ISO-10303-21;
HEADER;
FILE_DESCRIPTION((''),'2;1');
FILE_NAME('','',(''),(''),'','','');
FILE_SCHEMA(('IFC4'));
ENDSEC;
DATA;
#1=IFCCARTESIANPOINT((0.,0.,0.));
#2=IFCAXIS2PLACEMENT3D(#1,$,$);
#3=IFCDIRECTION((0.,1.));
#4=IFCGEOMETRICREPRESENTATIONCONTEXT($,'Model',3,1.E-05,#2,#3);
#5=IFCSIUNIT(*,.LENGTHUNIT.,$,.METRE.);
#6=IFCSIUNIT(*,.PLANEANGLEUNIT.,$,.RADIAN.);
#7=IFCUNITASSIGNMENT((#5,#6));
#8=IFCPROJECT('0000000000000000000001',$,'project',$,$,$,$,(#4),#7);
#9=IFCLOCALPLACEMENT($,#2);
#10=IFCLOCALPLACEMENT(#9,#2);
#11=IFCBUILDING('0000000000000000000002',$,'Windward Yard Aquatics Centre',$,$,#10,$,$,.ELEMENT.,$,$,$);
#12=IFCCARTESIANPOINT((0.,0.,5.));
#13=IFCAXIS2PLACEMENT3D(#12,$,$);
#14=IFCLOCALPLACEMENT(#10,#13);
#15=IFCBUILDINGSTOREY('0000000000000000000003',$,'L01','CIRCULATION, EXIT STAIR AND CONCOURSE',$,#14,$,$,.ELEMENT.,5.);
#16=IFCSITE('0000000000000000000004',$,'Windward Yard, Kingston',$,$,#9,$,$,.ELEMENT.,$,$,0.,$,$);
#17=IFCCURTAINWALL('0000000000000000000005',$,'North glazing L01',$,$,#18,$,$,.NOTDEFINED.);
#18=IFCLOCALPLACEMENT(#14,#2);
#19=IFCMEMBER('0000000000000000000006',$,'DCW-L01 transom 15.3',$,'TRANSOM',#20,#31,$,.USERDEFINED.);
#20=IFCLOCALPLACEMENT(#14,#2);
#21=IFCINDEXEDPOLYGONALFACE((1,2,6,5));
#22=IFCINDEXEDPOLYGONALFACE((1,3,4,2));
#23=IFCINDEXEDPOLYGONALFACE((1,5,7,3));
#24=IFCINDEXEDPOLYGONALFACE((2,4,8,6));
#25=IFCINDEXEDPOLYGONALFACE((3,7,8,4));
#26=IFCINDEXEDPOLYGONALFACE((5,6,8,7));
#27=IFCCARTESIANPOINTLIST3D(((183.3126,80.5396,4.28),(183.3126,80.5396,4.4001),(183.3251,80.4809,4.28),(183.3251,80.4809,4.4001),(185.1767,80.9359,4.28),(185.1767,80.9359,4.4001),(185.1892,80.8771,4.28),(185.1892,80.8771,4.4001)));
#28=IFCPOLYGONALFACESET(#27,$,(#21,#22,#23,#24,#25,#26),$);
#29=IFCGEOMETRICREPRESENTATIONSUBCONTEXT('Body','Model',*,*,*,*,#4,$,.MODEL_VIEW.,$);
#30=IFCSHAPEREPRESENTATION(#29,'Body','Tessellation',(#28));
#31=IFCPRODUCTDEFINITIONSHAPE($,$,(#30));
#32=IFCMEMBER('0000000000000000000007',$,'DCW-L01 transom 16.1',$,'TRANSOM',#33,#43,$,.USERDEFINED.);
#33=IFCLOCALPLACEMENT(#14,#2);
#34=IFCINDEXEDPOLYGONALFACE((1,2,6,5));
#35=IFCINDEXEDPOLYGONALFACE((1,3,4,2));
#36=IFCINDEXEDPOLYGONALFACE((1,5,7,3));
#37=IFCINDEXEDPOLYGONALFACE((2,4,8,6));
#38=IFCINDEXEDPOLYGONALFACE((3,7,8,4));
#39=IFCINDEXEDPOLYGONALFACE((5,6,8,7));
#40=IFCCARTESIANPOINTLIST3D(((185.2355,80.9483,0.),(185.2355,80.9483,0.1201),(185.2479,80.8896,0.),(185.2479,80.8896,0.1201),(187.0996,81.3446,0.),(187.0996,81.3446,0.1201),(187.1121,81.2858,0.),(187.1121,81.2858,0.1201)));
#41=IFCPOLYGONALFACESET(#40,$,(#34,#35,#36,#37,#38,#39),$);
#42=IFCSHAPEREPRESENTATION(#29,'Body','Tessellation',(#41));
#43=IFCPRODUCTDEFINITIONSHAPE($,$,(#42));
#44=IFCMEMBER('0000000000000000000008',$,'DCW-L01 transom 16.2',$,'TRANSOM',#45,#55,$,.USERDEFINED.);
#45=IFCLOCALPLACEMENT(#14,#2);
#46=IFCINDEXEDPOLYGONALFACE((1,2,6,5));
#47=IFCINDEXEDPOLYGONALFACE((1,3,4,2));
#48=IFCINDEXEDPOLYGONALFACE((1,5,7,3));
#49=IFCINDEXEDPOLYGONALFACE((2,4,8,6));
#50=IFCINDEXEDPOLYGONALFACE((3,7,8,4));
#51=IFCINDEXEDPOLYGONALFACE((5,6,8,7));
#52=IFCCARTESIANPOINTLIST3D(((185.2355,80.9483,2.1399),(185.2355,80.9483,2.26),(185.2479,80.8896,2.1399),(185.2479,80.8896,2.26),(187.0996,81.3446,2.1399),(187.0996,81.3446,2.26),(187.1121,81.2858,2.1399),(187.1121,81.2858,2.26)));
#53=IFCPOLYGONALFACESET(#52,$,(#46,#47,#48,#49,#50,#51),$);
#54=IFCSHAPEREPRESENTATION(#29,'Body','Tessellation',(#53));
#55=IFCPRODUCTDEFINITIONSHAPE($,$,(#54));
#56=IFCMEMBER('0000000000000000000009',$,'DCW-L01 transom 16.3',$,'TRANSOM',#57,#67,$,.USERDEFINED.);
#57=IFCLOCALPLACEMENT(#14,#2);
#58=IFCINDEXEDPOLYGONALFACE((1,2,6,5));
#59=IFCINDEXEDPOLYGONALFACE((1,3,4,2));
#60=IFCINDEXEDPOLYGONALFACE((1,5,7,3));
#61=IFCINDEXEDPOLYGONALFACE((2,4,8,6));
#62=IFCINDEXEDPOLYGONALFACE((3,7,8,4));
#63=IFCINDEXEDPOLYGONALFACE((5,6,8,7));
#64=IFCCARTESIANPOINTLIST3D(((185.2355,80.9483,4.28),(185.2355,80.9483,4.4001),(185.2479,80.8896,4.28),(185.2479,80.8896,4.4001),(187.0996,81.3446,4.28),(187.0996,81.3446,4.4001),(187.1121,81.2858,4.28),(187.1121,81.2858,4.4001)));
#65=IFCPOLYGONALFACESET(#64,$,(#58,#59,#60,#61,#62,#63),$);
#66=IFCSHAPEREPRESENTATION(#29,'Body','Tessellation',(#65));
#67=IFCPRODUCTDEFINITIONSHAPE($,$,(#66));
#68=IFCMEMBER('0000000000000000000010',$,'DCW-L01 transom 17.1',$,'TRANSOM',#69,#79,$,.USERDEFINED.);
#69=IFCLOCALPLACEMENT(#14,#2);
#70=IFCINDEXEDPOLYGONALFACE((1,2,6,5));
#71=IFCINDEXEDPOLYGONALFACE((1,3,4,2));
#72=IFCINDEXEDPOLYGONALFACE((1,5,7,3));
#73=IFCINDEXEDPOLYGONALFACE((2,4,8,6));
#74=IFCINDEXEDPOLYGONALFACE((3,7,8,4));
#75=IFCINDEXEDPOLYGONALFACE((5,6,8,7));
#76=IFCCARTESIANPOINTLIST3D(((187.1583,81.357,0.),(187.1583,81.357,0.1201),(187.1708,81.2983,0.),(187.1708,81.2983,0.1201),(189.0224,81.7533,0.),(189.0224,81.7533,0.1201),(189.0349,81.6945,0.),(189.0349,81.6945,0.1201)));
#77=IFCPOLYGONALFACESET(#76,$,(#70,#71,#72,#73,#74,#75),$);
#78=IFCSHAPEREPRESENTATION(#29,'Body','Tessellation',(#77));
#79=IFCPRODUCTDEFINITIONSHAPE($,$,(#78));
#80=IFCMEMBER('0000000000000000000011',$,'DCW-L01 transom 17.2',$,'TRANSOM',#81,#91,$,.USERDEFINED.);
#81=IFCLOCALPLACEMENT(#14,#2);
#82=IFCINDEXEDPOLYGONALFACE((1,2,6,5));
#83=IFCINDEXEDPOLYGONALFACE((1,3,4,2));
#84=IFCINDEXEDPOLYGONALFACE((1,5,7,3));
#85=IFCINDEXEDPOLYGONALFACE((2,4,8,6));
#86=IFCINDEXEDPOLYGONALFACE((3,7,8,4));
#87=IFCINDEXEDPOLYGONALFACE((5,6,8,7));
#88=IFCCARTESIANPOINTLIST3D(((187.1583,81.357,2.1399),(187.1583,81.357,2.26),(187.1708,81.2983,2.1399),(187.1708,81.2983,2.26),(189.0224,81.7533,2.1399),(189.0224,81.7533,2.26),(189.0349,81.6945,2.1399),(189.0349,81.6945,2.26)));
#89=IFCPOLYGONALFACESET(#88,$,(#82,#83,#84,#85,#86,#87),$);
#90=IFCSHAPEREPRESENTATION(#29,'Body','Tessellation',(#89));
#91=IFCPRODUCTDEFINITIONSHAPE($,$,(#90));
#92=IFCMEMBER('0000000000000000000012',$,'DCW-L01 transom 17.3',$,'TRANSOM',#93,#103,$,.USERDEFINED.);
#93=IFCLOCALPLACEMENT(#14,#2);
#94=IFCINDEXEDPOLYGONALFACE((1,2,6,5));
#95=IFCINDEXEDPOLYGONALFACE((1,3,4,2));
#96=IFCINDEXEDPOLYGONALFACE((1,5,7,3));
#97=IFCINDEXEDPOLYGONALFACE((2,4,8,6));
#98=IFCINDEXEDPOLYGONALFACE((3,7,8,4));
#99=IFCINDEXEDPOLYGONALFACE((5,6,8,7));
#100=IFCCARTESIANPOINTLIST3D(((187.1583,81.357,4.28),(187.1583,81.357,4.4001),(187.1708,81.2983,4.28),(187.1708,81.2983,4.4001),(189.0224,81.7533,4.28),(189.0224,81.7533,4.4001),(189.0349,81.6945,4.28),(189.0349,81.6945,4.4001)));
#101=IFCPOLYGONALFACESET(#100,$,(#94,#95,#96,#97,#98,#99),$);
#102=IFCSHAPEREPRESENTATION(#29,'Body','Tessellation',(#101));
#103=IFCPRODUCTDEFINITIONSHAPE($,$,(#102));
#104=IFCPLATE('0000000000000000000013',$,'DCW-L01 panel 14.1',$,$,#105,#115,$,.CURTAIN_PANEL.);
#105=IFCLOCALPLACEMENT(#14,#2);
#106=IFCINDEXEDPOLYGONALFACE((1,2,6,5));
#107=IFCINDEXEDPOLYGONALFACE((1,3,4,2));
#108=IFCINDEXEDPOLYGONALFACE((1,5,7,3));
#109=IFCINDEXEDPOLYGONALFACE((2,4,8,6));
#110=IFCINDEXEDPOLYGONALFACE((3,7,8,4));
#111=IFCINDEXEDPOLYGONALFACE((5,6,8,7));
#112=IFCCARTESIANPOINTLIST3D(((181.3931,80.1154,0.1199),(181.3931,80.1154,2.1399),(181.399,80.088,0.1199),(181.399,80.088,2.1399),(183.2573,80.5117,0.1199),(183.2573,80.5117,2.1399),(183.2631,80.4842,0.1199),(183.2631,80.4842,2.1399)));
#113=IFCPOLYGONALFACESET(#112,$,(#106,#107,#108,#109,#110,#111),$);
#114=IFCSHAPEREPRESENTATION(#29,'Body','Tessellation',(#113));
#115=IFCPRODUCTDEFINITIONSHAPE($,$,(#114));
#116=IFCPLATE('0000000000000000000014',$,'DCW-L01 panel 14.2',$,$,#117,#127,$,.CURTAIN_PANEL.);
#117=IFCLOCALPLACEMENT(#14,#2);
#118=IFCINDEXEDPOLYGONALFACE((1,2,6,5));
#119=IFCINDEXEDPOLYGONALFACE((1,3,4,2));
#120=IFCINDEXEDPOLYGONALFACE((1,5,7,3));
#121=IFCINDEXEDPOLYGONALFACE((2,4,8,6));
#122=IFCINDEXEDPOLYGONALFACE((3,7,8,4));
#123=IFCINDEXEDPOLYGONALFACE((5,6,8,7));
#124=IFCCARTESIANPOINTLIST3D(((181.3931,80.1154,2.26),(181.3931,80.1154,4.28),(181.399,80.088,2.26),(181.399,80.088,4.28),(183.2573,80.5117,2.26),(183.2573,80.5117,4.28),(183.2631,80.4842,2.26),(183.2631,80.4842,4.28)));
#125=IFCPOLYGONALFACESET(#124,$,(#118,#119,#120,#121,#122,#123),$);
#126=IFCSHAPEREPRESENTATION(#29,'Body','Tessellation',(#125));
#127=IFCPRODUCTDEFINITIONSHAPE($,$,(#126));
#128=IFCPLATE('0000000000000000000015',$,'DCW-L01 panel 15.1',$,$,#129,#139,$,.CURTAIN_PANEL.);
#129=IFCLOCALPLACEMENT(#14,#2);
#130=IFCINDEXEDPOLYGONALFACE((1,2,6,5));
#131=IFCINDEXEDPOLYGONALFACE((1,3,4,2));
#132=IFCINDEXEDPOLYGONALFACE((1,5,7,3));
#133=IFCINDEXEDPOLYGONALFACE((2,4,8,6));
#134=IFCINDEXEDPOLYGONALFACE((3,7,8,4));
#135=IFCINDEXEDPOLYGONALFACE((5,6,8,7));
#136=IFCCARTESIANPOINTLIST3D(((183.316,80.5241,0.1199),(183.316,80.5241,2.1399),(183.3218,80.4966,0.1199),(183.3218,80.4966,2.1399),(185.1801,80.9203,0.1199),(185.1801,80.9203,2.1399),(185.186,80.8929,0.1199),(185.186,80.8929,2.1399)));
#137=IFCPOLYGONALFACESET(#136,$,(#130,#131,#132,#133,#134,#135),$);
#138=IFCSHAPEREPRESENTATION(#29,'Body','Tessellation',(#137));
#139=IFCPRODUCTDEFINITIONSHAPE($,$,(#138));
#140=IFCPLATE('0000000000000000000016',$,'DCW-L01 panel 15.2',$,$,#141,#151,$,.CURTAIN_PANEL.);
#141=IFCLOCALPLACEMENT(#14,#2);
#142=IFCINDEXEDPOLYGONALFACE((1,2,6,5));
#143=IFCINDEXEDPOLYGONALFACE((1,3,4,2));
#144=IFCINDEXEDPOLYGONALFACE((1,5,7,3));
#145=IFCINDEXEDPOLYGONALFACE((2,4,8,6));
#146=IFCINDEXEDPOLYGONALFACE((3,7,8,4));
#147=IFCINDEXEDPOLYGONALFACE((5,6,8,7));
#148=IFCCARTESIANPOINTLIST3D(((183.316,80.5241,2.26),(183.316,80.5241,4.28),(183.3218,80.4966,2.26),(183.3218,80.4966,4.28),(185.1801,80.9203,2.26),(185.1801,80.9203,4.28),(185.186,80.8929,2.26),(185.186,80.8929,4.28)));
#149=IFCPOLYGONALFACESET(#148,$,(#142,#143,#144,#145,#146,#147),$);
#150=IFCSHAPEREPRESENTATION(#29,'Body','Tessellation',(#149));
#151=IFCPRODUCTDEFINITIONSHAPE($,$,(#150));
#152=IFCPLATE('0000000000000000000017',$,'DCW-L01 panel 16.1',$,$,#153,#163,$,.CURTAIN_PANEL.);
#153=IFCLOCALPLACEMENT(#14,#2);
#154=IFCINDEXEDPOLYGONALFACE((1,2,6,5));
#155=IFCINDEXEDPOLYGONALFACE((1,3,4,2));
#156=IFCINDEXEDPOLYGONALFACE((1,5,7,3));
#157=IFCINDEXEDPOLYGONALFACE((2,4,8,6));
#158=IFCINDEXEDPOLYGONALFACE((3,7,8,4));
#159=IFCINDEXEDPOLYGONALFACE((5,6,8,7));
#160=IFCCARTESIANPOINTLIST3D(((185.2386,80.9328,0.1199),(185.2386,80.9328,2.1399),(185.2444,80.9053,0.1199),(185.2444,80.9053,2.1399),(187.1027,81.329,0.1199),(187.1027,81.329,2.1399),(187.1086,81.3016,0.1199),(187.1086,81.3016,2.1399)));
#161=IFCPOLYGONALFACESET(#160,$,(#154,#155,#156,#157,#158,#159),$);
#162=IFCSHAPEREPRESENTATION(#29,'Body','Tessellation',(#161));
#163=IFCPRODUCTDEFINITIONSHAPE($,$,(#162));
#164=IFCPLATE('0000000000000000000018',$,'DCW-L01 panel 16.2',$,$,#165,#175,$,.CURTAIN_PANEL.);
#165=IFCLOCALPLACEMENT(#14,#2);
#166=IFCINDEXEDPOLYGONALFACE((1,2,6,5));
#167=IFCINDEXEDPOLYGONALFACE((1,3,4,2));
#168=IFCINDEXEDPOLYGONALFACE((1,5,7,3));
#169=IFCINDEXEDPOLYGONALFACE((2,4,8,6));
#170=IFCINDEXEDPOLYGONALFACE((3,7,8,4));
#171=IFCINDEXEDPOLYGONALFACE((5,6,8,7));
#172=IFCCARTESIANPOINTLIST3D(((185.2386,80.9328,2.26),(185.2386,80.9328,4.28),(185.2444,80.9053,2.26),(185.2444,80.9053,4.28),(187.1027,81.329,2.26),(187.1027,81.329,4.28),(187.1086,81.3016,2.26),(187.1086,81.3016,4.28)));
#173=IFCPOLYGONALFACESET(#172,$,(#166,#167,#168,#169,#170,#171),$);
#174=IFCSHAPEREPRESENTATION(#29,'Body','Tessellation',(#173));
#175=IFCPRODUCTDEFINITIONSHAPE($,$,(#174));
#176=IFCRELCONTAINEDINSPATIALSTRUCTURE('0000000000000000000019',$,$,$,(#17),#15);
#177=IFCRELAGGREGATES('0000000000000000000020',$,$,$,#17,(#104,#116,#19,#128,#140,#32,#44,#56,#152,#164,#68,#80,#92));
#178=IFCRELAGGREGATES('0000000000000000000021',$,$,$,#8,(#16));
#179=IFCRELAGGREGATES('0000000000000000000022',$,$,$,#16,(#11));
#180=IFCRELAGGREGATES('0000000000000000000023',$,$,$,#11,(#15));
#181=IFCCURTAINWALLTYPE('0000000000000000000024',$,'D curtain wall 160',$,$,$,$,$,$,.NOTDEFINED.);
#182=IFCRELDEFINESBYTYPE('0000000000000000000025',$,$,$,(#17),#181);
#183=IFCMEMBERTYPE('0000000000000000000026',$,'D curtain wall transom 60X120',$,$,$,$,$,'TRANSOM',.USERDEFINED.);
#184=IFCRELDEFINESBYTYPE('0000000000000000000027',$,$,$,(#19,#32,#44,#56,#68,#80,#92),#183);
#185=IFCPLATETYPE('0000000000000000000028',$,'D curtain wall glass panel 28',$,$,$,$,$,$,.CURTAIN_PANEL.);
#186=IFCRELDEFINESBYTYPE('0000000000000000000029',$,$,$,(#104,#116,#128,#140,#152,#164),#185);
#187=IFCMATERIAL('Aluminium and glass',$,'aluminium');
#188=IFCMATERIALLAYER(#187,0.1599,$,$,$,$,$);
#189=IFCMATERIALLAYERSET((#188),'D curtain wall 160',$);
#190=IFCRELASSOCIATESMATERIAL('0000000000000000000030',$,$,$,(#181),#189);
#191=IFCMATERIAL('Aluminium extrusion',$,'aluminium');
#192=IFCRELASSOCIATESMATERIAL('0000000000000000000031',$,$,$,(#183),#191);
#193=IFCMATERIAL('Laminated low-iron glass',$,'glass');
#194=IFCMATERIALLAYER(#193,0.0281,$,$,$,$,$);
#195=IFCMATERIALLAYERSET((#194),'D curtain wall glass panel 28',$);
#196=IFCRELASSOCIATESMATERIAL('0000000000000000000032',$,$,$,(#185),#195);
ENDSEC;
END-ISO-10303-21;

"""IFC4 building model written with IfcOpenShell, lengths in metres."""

from ifc_helpers import new_model, si_unit, direction, frame, origin, origin_2d, place, context, subcontext, project, spatial, rectangle, extrude, material, layer, layer_set, material_profile, profile_set, type_object, element, aggregate, save


model = new_model("IFC4")

# Units and contexts
model_context = context("Model", 3, precision=1e-05, world=origin(), true_north=direction((0.0, 1.0)))
body_context = subcontext(model_context, "Body", "Model", "MODEL_VIEW")
ifc_project = project(units=[si_unit("LENGTHUNIT", "METRE"), si_unit("PLANEANGLEUNIT", "RADIAN")], contexts=[model_context])

# Site, building, storey
site_placement = place(None, origin())
site = spatial("IfcSite", under=ifc_project, at=site_placement, Name="Windward Yard, Kingston", CompositionType="ELEMENT", RefElevation=0.0)
building_placement = place(site_placement, origin())
building = spatial("IfcBuilding", under=site, at=building_placement, Name="Windward Yard Aquatics Centre", CompositionType="ELEMENT")
storey_placement = place(building_placement, frame((0.0, 0.0, 5.0)))
storey = spatial("IfcBuildingStorey", under=building, at=storey_placement, Name="L01", Description="CIRCULATION, EXIT STAIR AND CONCOURSE", CompositionType="ELEMENT", Elevation=5.0)

# Curtain wall, members, plates
ifc_material_1 = material(Name="Aluminium and glass", Category="aluminium")
ifc_layer_1 = layer(ifc_material_1, 0.1599)
ifc_layer_set_1 = layer_set([ifc_layer_1], Name="D curtain wall 160")
curtain_wall_type = type_object("IfcCurtainWallType", Name="D curtain wall 160", PredefinedType="NOTDEFINED", material=ifc_layer_set_1)
curtain_wall_placement = place(storey_placement, origin())
curtain_wall = element("IfcCurtainWall", 1, at=curtain_wall_placement, inside=storey, type_object=curtain_wall_type, Name="North glazing L01", PredefinedType="NOTDEFINED")
ifc_material_2 = material(Name="Aluminium extrusion", Category="aluminium")
ifc_material_profile_1 = material_profile(ifc_material_2, rectangle(XDim=0.0601, YDim=0.1201, at=origin_2d()), Name="TRANSOM 60X120")
ifc_profile_set_1 = profile_set([ifc_material_profile_1], Name="Aluminium extrusion")
member_type_1 = type_object("IfcMemberType", Name="D curtain wall transom 60X120", ElementType="TRANSOM", PredefinedType="USERDEFINED", material=ifc_profile_set_1)
member_1_placement = place(storey_placement, frame((183.3188, 80.5103, 4.3401), z_axis=(0.978144, 0.207928, 0.0), x_axis=(-0.207928, 0.978144, 0.0)))
member_1 = element("IfcMember", 2, at=member_1_placement, type_object=member_type_1, Name="DCW-L01 transom 15.3", ObjectType="TRANSOM", PredefinedType="USERDEFINED", context=body_context, shape_type="SweptSolid", body=[
    extrude(rectangle(XDim=0.0601, YDim=0.1201, at=origin_2d()), origin(), (0.0, 0.0, 1.0), 1.9058),
])
member_2_placement = place(storey_placement, frame((185.2417, 80.9189, 0.0601), z_axis=(0.978144, 0.207928, 0.0), x_axis=(-0.207928, 0.978144, 0.0)))
member_2 = element("IfcMember", 3, at=member_2_placement, type_object=member_type_1, Name="DCW-L01 transom 16.1", ObjectType="TRANSOM", PredefinedType="USERDEFINED", context=body_context, shape_type="SweptSolid", body=[
    extrude(rectangle(XDim=0.0601, YDim=0.1201, at=origin_2d()), origin(), (0.0, 0.0, 1.0), 1.9058),
])
member_3_placement = place(storey_placement, frame((185.2417, 80.9189, 2.2), z_axis=(0.978144, 0.207928, 0.0), x_axis=(-0.207928, 0.978144, 0.0)))
member_3 = element("IfcMember", 4, at=member_3_placement, type_object=member_type_1, Name="DCW-L01 transom 16.2", ObjectType="TRANSOM", PredefinedType="USERDEFINED", context=body_context, shape_type="SweptSolid", body=[
    extrude(rectangle(XDim=0.0601, YDim=0.1201, at=origin_2d()), origin(), (0.0, 0.0, 1.0), 1.9058),
])
member_4_placement = place(storey_placement, frame((185.2417, 80.9189, 4.3401), z_axis=(0.978144, 0.207928, 0.0), x_axis=(-0.207928, 0.978144, 0.0)))
member_4 = element("IfcMember", 5, at=member_4_placement, type_object=member_type_1, Name="DCW-L01 transom 16.3", ObjectType="TRANSOM", PredefinedType="USERDEFINED", context=body_context, shape_type="SweptSolid", body=[
    extrude(rectangle(XDim=0.0601, YDim=0.1201, at=origin_2d()), origin(), (0.0, 0.0, 1.0), 1.9058),
])
member_5_placement = place(storey_placement, frame((187.1646, 81.3276, 0.0601), z_axis=(0.978144, 0.207928, 0.0), x_axis=(-0.207928, 0.978144, 0.0)))
member_5 = element("IfcMember", 6, at=member_5_placement, type_object=member_type_1, Name="DCW-L01 transom 17.1", ObjectType="TRANSOM", PredefinedType="USERDEFINED", context=body_context, shape_type="SweptSolid", body=[
    extrude(rectangle(XDim=0.0601, YDim=0.1201, at=origin_2d()), origin(), (0.0, 0.0, 1.0), 1.9058),
])
member_6_placement = place(storey_placement, frame((187.1646, 81.3276, 2.2), z_axis=(0.978144, 0.207928, 0.0), x_axis=(-0.207928, 0.978144, 0.0)))
member_6 = element("IfcMember", 7, at=member_6_placement, type_object=member_type_1, Name="DCW-L01 transom 17.2", ObjectType="TRANSOM", PredefinedType="USERDEFINED", context=body_context, shape_type="SweptSolid", body=[
    extrude(rectangle(XDim=0.0601, YDim=0.1201, at=origin_2d()), origin(), (0.0, 0.0, 1.0), 1.9058),
])
member_7_placement = place(storey_placement, frame((187.1646, 81.3276, 4.3401), z_axis=(0.978144, 0.207928, 0.0), x_axis=(-0.207928, 0.978144, 0.0)))
member_7 = element("IfcMember", 8, at=member_7_placement, type_object=member_type_1, Name="DCW-L01 transom 17.3", ObjectType="TRANSOM", PredefinedType="USERDEFINED", context=body_context, shape_type="SweptSolid", body=[
    extrude(rectangle(XDim=0.0601, YDim=0.1201, at=origin_2d()), origin(), (0.0, 0.0, 1.0), 1.9058),
])
ifc_material_3 = material(Name="Laminated low-iron glass", Category="glass")
ifc_layer_2 = layer(ifc_material_3, 0.0281)
ifc_layer_set_2 = layer_set([ifc_layer_2], Name="D curtain wall glass panel 28")
plate_type = type_object("IfcPlateType", Name="D curtain wall glass panel 28", PredefinedType="CURTAIN_PANEL", material=ifc_layer_set_2)
plate_1_placement = place(storey_placement, frame((182.3281, 80.2998, 0.1199), z_axis=(0.0, 0.0, 1.0), x_axis=(0.978148, 0.207912, 0.0)))
plate_1 = element("IfcPlate", 9, at=plate_1_placement, type_object=plate_type, Name="DCW-L01 panel 14.1", PredefinedType="CURTAIN_PANEL", context=body_context, shape_type="SweptSolid", body=[
    extrude(rectangle(XDim=1.9058, YDim=0.0281, at=origin_2d()), origin(), (0.0, 0.0, 1.0), 2.02),
])
plate_2_placement = place(storey_placement, frame((182.3281, 80.2998, 2.26), z_axis=(0.0, 0.0, 1.0), x_axis=(0.978148, 0.207912, 0.0)))
plate_2 = element("IfcPlate", 10, at=plate_2_placement, type_object=plate_type, Name="DCW-L01 panel 14.2", PredefinedType="CURTAIN_PANEL", context=body_context, shape_type="SweptSolid", body=[
    extrude(rectangle(XDim=1.9058, YDim=0.0281, at=origin_2d()), origin(), (0.0, 0.0, 1.0), 2.02),
])
plate_3_placement = place(storey_placement, frame((184.251, 80.7085, 0.1199), z_axis=(0.0, 0.0, 1.0), x_axis=(0.978148, 0.207912, 0.0)))
plate_3 = element("IfcPlate", 11, at=plate_3_placement, type_object=plate_type, Name="DCW-L01 panel 15.1", PredefinedType="CURTAIN_PANEL", context=body_context, shape_type="SweptSolid", body=[
    extrude(rectangle(XDim=1.9058, YDim=0.0281, at=origin_2d()), origin(), (0.0, 0.0, 1.0), 2.02),
])
plate_4_placement = place(storey_placement, frame((184.251, 80.7085, 2.26), z_axis=(0.0, 0.0, 1.0), x_axis=(0.978148, 0.207912, 0.0)))
plate_4 = element("IfcPlate", 12, at=plate_4_placement, type_object=plate_type, Name="DCW-L01 panel 15.2", PredefinedType="CURTAIN_PANEL", context=body_context, shape_type="SweptSolid", body=[
    extrude(rectangle(XDim=1.9058, YDim=0.0281, at=origin_2d()), origin(), (0.0, 0.0, 1.0), 2.02),
])
plate_5_placement = place(storey_placement, frame((186.1736, 81.1172, 0.1199), z_axis=(0.0, 0.0, 1.0), x_axis=(0.978148, 0.207912, 0.0)))
plate_5 = element("IfcPlate", 13, at=plate_5_placement, type_object=plate_type, Name="DCW-L01 panel 16.1", PredefinedType="CURTAIN_PANEL", context=body_context, shape_type="SweptSolid", body=[
    extrude(rectangle(XDim=1.9058, YDim=0.0281, at=origin_2d()), origin(), (0.0, 0.0, 1.0), 2.02),
])
plate_6_placement = place(storey_placement, frame((186.1736, 81.1172, 2.26), z_axis=(0.0, 0.0, 1.0), x_axis=(0.978148, 0.207912, 0.0)))
plate_6 = element("IfcPlate", 14, at=plate_6_placement, type_object=plate_type, Name="DCW-L01 panel 16.2", PredefinedType="CURTAIN_PANEL", context=body_context, shape_type="SweptSolid", body=[
    extrude(rectangle(XDim=1.9058, YDim=0.0281, at=origin_2d()), origin(), (0.0, 0.0, 1.0), 2.02),
])
aggregate(curtain_wall, [plate_1, plate_2, member_1, plate_3, plate_4, member_2, member_3, member_4, plate_5, plate_6, member_5, member_6, member_7])

save(model, "model.ifc")
